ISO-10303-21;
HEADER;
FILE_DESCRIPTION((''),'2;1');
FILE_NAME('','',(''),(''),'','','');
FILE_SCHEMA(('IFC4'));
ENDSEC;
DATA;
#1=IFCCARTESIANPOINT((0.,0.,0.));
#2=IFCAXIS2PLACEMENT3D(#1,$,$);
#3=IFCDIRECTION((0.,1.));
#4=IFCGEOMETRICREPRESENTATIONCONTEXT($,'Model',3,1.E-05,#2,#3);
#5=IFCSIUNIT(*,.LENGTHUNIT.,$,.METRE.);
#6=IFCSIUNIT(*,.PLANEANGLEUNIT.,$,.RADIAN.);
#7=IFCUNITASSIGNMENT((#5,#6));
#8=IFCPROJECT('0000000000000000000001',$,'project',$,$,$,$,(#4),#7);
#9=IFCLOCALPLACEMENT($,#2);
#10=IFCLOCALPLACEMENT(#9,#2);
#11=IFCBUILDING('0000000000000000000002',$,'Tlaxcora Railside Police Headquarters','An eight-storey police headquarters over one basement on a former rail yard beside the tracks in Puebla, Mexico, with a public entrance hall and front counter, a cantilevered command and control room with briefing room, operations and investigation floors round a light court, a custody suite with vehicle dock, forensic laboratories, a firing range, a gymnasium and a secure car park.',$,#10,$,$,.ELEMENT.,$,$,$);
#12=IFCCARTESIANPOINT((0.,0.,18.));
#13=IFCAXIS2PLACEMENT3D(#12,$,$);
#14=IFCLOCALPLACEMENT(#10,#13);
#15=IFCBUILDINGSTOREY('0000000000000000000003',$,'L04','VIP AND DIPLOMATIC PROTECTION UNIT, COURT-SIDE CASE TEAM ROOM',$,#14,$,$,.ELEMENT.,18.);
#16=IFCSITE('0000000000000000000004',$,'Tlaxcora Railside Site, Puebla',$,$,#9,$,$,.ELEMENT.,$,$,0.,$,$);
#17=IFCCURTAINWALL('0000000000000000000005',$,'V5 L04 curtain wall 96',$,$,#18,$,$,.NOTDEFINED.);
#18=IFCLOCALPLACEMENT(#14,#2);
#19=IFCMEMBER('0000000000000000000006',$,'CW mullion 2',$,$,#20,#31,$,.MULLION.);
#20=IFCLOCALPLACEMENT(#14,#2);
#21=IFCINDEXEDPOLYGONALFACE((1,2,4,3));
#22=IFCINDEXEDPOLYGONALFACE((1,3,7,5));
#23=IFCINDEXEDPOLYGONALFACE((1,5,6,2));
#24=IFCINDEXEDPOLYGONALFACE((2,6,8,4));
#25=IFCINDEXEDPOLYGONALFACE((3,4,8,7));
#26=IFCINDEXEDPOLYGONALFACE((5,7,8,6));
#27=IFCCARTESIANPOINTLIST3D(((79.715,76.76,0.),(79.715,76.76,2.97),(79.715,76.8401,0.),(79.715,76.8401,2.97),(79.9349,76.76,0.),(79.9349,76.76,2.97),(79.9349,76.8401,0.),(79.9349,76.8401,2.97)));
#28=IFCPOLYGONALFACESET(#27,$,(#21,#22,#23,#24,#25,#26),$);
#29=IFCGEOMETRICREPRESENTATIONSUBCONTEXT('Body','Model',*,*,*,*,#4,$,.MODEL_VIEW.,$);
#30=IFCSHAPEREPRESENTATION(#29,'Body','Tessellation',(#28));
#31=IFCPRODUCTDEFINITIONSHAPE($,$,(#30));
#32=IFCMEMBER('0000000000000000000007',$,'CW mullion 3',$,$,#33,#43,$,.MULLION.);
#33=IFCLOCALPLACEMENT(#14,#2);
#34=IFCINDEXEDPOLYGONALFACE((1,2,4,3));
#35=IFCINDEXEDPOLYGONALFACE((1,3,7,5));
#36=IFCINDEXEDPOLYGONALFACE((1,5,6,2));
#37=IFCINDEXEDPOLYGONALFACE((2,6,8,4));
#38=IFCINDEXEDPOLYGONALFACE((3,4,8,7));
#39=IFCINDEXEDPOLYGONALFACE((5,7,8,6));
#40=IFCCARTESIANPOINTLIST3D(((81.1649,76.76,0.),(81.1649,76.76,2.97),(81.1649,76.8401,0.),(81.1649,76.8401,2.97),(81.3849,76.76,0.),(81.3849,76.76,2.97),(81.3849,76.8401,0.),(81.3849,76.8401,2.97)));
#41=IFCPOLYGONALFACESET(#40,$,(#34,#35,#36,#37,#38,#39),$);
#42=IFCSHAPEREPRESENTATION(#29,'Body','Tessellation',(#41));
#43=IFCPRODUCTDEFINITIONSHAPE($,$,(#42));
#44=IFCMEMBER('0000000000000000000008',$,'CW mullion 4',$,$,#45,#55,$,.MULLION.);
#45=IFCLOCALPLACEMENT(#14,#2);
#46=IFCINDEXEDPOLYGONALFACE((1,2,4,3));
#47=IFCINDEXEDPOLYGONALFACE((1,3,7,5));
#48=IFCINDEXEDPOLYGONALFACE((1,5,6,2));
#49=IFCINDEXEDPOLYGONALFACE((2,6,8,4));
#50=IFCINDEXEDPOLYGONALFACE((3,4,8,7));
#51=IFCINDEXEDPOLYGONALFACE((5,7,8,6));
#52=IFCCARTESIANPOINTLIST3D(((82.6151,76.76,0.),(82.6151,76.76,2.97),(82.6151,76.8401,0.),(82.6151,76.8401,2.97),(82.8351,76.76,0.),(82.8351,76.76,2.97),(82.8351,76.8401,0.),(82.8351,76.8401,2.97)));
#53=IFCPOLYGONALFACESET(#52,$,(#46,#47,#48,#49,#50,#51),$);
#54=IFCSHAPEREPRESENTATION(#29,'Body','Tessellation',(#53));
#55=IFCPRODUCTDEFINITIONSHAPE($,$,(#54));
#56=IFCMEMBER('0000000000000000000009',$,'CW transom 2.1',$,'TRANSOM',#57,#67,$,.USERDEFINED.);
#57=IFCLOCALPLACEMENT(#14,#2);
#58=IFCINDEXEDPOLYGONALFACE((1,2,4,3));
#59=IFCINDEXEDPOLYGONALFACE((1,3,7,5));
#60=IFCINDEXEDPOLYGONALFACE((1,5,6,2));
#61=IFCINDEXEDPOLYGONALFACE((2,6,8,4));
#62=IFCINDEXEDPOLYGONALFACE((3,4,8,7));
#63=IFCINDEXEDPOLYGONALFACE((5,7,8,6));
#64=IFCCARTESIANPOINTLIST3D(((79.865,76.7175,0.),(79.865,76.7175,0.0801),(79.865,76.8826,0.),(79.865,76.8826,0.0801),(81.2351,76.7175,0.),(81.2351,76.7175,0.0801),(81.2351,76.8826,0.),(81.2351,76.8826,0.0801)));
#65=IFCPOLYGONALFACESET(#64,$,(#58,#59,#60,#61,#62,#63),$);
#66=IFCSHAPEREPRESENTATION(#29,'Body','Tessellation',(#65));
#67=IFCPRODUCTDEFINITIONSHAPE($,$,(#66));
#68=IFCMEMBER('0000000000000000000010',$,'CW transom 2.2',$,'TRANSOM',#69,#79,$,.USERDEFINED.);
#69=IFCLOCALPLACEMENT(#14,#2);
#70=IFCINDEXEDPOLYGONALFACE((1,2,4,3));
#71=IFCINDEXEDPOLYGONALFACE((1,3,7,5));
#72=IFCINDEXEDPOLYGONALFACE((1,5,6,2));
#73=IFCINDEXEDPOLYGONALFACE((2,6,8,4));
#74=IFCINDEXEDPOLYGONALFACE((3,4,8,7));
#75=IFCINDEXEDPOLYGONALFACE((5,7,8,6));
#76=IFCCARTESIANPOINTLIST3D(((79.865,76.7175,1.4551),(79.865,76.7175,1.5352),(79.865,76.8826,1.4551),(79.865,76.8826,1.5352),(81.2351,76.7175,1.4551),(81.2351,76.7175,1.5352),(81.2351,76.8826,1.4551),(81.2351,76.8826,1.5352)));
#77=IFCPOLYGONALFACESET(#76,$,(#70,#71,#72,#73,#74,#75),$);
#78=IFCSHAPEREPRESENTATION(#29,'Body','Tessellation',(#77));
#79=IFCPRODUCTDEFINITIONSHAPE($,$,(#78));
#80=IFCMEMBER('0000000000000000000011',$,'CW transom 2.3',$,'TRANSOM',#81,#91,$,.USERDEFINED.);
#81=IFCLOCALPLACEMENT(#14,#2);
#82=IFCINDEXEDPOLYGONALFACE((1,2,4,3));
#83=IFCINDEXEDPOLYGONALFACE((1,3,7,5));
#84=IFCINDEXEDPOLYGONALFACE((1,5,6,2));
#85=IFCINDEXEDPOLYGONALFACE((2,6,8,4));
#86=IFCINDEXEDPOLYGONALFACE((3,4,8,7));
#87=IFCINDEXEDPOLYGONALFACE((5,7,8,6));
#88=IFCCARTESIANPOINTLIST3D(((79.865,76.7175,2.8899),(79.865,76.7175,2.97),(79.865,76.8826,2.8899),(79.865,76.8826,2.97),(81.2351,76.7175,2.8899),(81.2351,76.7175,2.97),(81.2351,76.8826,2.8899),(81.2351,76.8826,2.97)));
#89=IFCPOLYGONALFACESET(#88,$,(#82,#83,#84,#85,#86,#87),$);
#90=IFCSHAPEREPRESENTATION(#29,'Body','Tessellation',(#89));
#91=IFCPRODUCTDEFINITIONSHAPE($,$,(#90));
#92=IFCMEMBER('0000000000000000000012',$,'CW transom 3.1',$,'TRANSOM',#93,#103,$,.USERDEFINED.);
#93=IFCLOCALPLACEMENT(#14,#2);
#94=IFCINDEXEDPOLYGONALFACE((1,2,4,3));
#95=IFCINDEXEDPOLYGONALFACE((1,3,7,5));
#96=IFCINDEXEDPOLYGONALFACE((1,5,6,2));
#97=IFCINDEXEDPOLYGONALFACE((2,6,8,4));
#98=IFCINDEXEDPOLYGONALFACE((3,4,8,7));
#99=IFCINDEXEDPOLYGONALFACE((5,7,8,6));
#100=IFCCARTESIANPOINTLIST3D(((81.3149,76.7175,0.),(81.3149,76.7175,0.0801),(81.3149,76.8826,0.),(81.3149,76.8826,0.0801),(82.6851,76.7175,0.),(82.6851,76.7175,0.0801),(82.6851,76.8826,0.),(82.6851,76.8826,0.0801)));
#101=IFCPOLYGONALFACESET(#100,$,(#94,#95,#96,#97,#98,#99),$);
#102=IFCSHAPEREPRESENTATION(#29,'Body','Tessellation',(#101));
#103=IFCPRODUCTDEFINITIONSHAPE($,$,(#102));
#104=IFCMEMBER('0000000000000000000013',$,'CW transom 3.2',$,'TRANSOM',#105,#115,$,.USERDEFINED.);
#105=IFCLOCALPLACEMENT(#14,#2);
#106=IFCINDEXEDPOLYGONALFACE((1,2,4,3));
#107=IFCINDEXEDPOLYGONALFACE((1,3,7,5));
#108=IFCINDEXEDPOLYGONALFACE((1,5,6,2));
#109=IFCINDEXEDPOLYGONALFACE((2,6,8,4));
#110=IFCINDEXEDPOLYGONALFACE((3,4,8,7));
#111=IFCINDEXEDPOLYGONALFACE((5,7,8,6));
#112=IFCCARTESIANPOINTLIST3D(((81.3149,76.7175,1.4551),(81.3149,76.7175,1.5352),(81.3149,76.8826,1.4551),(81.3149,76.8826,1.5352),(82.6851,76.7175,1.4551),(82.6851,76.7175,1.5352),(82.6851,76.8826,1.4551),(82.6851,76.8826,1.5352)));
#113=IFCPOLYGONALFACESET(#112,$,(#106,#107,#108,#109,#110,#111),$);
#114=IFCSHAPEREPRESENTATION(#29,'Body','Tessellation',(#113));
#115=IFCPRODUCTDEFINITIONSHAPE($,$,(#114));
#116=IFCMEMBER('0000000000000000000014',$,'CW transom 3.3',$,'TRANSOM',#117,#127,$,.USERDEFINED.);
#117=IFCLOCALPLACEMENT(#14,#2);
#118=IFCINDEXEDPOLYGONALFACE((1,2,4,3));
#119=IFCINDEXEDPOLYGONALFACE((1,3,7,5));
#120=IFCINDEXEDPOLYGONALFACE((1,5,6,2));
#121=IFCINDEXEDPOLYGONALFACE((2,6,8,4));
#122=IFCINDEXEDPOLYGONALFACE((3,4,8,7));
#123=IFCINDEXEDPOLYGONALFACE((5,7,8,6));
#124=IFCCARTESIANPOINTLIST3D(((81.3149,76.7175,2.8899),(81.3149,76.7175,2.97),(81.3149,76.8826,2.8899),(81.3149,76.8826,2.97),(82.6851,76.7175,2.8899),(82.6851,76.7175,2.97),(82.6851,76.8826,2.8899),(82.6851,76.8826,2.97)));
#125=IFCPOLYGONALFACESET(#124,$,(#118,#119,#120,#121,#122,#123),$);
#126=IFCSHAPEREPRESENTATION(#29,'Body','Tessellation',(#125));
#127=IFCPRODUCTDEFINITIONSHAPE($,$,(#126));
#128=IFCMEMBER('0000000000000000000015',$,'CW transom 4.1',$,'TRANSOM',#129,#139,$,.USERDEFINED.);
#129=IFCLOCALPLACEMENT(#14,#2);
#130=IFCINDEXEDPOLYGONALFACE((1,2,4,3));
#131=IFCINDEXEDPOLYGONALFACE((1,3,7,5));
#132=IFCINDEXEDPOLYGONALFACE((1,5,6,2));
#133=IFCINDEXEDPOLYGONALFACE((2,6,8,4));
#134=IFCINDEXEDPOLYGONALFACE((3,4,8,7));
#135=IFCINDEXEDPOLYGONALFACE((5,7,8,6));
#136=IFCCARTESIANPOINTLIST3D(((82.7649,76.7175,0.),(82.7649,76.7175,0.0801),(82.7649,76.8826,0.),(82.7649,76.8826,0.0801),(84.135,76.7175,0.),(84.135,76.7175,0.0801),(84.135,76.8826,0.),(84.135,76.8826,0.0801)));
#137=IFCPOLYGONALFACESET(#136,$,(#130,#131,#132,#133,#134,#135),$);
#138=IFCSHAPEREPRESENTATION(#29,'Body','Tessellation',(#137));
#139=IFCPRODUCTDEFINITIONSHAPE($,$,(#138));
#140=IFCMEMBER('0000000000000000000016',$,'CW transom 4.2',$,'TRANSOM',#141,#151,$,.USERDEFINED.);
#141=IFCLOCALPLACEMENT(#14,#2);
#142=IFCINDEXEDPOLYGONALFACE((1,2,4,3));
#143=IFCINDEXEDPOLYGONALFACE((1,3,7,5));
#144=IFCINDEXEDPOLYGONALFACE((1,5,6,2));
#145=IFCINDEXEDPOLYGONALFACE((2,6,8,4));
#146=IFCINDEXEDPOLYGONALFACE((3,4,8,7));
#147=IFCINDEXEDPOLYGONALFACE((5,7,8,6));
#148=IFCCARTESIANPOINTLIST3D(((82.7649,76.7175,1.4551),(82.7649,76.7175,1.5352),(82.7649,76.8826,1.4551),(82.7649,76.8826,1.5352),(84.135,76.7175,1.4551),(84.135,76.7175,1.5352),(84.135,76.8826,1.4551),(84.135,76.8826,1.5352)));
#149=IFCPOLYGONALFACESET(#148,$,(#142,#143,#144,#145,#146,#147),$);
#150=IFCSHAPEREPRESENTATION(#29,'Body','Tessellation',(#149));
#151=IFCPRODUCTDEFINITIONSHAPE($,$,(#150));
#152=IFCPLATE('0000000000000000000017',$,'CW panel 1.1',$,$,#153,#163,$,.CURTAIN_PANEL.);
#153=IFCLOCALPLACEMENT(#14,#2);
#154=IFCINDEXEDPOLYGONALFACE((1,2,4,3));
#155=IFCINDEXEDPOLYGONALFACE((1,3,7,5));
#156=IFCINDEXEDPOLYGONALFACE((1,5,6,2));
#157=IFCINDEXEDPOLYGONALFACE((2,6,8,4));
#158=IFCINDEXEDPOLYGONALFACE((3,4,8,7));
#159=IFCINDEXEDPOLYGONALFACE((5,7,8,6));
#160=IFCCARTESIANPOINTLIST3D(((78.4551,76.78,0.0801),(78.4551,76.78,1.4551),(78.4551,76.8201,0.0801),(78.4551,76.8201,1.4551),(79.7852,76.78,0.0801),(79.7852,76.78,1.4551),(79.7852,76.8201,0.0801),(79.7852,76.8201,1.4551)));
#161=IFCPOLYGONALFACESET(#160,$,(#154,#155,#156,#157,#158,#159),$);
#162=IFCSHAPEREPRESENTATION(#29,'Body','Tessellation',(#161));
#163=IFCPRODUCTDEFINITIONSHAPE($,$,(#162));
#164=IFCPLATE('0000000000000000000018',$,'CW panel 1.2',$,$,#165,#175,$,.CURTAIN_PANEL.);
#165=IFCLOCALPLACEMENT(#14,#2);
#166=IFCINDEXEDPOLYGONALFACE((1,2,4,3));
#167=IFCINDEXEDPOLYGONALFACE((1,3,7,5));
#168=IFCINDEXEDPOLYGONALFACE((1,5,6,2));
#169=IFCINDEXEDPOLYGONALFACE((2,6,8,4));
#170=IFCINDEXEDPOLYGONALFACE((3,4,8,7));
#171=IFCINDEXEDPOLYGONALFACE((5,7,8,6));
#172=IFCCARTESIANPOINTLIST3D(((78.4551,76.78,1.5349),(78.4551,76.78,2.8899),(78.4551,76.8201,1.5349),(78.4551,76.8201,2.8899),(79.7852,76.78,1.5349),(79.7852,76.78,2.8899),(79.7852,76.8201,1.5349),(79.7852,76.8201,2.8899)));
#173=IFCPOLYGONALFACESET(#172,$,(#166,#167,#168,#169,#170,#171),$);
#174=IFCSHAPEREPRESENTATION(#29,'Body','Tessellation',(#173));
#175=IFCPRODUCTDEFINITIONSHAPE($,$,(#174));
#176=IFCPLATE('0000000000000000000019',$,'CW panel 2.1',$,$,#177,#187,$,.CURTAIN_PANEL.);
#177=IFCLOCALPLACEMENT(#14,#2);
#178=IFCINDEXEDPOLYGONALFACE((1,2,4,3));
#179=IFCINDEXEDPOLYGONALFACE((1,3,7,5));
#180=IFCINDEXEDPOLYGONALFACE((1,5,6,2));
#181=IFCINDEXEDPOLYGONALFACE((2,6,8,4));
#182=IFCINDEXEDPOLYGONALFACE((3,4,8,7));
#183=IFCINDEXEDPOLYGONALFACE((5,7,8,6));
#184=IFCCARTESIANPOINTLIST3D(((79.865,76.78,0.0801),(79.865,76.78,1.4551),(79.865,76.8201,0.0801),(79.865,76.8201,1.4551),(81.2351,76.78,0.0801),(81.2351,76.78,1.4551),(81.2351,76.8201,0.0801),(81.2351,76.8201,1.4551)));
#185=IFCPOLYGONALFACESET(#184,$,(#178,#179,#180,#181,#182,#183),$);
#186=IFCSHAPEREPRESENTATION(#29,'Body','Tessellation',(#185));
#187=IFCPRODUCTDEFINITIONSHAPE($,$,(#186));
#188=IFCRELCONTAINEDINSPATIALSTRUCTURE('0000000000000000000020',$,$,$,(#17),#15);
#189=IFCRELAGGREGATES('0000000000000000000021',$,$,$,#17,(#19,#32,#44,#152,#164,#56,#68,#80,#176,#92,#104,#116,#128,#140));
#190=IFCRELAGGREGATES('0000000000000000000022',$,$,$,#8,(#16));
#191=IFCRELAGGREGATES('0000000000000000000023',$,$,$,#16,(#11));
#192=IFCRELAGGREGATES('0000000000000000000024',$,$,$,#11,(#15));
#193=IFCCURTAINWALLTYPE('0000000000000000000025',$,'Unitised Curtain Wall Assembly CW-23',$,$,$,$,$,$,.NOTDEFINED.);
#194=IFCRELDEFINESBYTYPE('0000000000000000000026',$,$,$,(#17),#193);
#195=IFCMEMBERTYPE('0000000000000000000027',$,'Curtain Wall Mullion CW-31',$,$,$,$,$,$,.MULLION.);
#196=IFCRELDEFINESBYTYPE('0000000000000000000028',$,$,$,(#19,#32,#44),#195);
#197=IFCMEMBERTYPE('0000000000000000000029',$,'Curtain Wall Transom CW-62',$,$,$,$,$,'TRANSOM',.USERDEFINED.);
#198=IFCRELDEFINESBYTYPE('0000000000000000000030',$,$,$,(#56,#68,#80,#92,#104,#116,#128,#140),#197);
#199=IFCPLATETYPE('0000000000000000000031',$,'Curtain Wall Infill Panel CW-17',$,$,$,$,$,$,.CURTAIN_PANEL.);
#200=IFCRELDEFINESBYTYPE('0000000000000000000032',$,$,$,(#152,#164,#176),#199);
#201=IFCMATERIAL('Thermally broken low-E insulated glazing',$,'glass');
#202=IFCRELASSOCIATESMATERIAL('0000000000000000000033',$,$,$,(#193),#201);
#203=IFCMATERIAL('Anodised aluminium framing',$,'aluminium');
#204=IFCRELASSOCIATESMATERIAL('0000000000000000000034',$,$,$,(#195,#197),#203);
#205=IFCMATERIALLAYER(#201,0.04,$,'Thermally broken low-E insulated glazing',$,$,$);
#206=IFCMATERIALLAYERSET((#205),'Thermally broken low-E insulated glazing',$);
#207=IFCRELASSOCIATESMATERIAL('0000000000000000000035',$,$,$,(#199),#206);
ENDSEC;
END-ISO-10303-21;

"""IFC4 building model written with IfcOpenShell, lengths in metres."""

from ifc_helpers import new_model, si_unit, direction, frame, origin, origin_2d, place, context, subcontext, project, spatial, rectangle, extrude, material, layer, layer_set, material_profile, profile_set, type_object, element, aggregate, save


model = new_model("IFC4")

# Units and contexts
model_context = context("Model", 3, precision=1e-05, world=origin(), true_north=direction((0.0, 1.0)))
body_context = subcontext(model_context, "Body", "Model", "MODEL_VIEW")
ifc_project = project(units=[si_unit("LENGTHUNIT", "METRE"), si_unit("PLANEANGLEUNIT", "RADIAN")], contexts=[model_context])

# Site, building, storey
site_placement = place(None, origin())
site = spatial("IfcSite", under=ifc_project, at=site_placement, Name="Tlaxcora Railside Site, Puebla", CompositionType="ELEMENT", RefElevation=0.0)
building_placement = place(site_placement, origin())
building = spatial("IfcBuilding", under=site, at=building_placement, Name="Tlaxcora Railside Police Headquarters", Description="An eight-storey police headquarters over one basement on a former rail yard beside the tracks in Puebla, Mexico, with a public entrance hall and front counter, a cantilevered command and control room with briefing room, operations and investigation floors round a light court, a custody suite with vehicle dock, forensic laboratories, a firing range, a gymnasium and a secure car park.", CompositionType="ELEMENT")
storey_placement = place(building_placement, frame((0.0, 0.0, 18.0)))
storey = spatial("IfcBuildingStorey", under=building, at=storey_placement, Name="L04", Description="VIP AND DIPLOMATIC PROTECTION UNIT, COURT-SIDE CASE TEAM ROOM", CompositionType="ELEMENT", Elevation=18.0)

# Curtain wall, members, plates
ifc_material_1 = material(Name="Thermally broken low-E insulated glazing", Category="glass")
curtain_wall_type = type_object("IfcCurtainWallType", Name="Unitised Curtain Wall Assembly CW-23", PredefinedType="NOTDEFINED", material=ifc_material_1)
curtain_wall_placement = place(storey_placement, origin())
curtain_wall = element("IfcCurtainWall", 1, at=curtain_wall_placement, inside=storey, type_object=curtain_wall_type, Name="V5 L04 curtain wall 96", PredefinedType="NOTDEFINED")
ifc_material_2 = material(Name="Anodised aluminium framing", Category="aluminium")
ifc_material_profile_1 = material_profile(ifc_material_2, rectangle(XDim=0.0801, YDim=0.22, at=origin_2d()), Name="AL80X220")
ifc_profile_set_1 = profile_set([ifc_material_profile_1], Name="Anodised aluminium framing")
member_type_1 = type_object("IfcMemberType", Name="Curtain Wall Mullion CW-31", PredefinedType="MULLION", material=ifc_profile_set_1)
member_1_placement = place(storey_placement, frame((79.825, 76.8, 0.0), z_axis=(0.0, 0.0, 1.0), x_axis=(0.0, 1.0, 0.0)))
member_1 = element("IfcMember", 2, at=member_1_placement, type_object=member_type_1, Name="CW mullion 2", PredefinedType="MULLION", context=body_context, shape_type="SweptSolid", body=[
    extrude(rectangle(XDim=0.0801, YDim=0.22, at=origin_2d()), origin(), (0.0, 0.0, 1.0), 2.97),
])
member_2_placement = place(storey_placement, frame((81.2749, 76.8, 0.0), z_axis=(0.0, 0.0, 1.0), x_axis=(0.0, 1.0, 0.0)))
member_2 = element("IfcMember", 3, at=member_2_placement, type_object=member_type_1, Name="CW mullion 3", PredefinedType="MULLION", context=body_context, shape_type="SweptSolid", body=[
    extrude(rectangle(XDim=0.0801, YDim=0.22, at=origin_2d()), origin(), (0.0, 0.0, 1.0), 2.97),
])
member_3_placement = place(storey_placement, frame((82.7251, 76.8, 0.0), z_axis=(0.0, 0.0, 1.0), x_axis=(0.0, 1.0, 0.0)))
member_3 = element("IfcMember", 4, at=member_3_placement, type_object=member_type_1, Name="CW mullion 4", PredefinedType="MULLION", context=body_context, shape_type="SweptSolid", body=[
    extrude(rectangle(XDim=0.0801, YDim=0.22, at=origin_2d()), origin(), (0.0, 0.0, 1.0), 2.97),
])
ifc_material_profile_2 = material_profile(ifc_material_2, rectangle(XDim=0.165, YDim=0.0801, at=origin_2d()), Name="AL80X165")
ifc_profile_set_2 = profile_set([ifc_material_profile_2], Name="Anodised aluminium framing")
member_type_2 = type_object("IfcMemberType", Name="Curtain Wall Transom CW-62", ElementType="TRANSOM", PredefinedType="USERDEFINED", material=ifc_profile_set_2)
member_4_placement = place(storey_placement, frame((79.865, 76.8, 0.04), z_axis=(1.0, 0.0, 0.0), x_axis=(0.0, 1.0, 0.0)))
member_4 = element("IfcMember", 5, at=member_4_placement, type_object=member_type_2, Name="CW transom 2.1", ObjectType="TRANSOM", PredefinedType="USERDEFINED", context=body_context, shape_type="SweptSolid", body=[
    extrude(rectangle(XDim=0.165, YDim=0.0801, at=origin_2d()), origin(), (0.0, 0.0, 1.0), 1.3701),
])
member_5_placement = place(storey_placement, frame((79.865, 76.8, 1.4951), z_axis=(1.0, 0.0, 0.0), x_axis=(0.0, 1.0, 0.0)))
member_5 = element("IfcMember", 6, at=member_5_placement, type_object=member_type_2, Name="CW transom 2.2", ObjectType="TRANSOM", PredefinedType="USERDEFINED", context=body_context, shape_type="SweptSolid", body=[
    extrude(rectangle(XDim=0.165, YDim=0.0801, at=origin_2d()), origin(), (0.0, 0.0, 1.0), 1.3701),
])
member_6_placement = place(storey_placement, frame((79.865, 76.8, 2.9299), z_axis=(1.0, 0.0, 0.0), x_axis=(0.0, 1.0, 0.0)))
member_6 = element("IfcMember", 7, at=member_6_placement, type_object=member_type_2, Name="CW transom 2.3", ObjectType="TRANSOM", PredefinedType="USERDEFINED", context=body_context, shape_type="SweptSolid", body=[
    extrude(rectangle(XDim=0.165, YDim=0.0801, at=origin_2d()), origin(), (0.0, 0.0, 1.0), 1.3701),
])
member_7_placement = place(storey_placement, frame((81.3149, 76.8, 0.04), z_axis=(1.0, 0.0, 0.0), x_axis=(0.0, 1.0, 0.0)))
member_7 = element("IfcMember", 8, at=member_7_placement, type_object=member_type_2, Name="CW transom 3.1", ObjectType="TRANSOM", PredefinedType="USERDEFINED", context=body_context, shape_type="SweptSolid", body=[
    extrude(rectangle(XDim=0.165, YDim=0.0801, at=origin_2d()), origin(), (0.0, 0.0, 1.0), 1.3701),
])
member_8_placement = place(storey_placement, frame((81.3149, 76.8, 1.4951), z_axis=(1.0, 0.0, 0.0), x_axis=(0.0, 1.0, 0.0)))
member_8 = element("IfcMember", 9, at=member_8_placement, type_object=member_type_2, Name="CW transom 3.2", ObjectType="TRANSOM", PredefinedType="USERDEFINED", context=body_context, shape_type="SweptSolid", body=[
    extrude(rectangle(XDim=0.165, YDim=0.0801, at=origin_2d()), origin(), (0.0, 0.0, 1.0), 1.3701),
])
member_9_placement = place(storey_placement, frame((81.3149, 76.8, 2.9299), z_axis=(1.0, 0.0, 0.0), x_axis=(0.0, 1.0, 0.0)))
member_9 = element("IfcMember", 10, at=member_9_placement, type_object=member_type_2, Name="CW transom 3.3", ObjectType="TRANSOM", PredefinedType="USERDEFINED", context=body_context, shape_type="SweptSolid", body=[
    extrude(rectangle(XDim=0.165, YDim=0.0801, at=origin_2d()), origin(), (0.0, 0.0, 1.0), 1.3701),
])
member_10_placement = place(storey_placement, frame((82.7649, 76.8, 0.04), z_axis=(1.0, 0.0, 0.0), x_axis=(0.0, 1.0, 0.0)))
member_10 = element("IfcMember", 11, at=member_10_placement, type_object=member_type_2, Name="CW transom 4.1", ObjectType="TRANSOM", PredefinedType="USERDEFINED", context=body_context, shape_type="SweptSolid", body=[
    extrude(rectangle(XDim=0.165, YDim=0.0801, at=origin_2d()), origin(), (0.0, 0.0, 1.0), 1.3701),
])
member_11_placement = place(storey_placement, frame((82.7649, 76.8, 1.4951), z_axis=(1.0, 0.0, 0.0), x_axis=(0.0, 1.0, 0.0)))
member_11 = element("IfcMember", 12, at=member_11_placement, type_object=member_type_2, Name="CW transom 4.2", ObjectType="TRANSOM", PredefinedType="USERDEFINED", context=body_context, shape_type="SweptSolid", body=[
    extrude(rectangle(XDim=0.165, YDim=0.0801, at=origin_2d()), origin(), (0.0, 0.0, 1.0), 1.3701),
])
ifc_layer_1 = layer(ifc_material_1, 0.04, Name="Thermally broken low-E insulated glazing")
ifc_layer_set_1 = layer_set([ifc_layer_1], Name="Thermally broken low-E insulated glazing")
plate_type = type_object("IfcPlateType", Name="Curtain Wall Infill Panel CW-17", PredefinedType="CURTAIN_PANEL", material=ifc_layer_set_1)
plate_1_placement = place(storey_placement, frame((79.1201, 76.8, 0.0801), z_axis=(0.0, 0.0, 1.0), x_axis=(1.0, 0.0, 0.0)))
plate_1 = element("IfcPlate", 13, at=plate_1_placement, type_object=plate_type, Name="CW panel 1.1", PredefinedType="CURTAIN_PANEL", context=body_context, shape_type="SweptSolid", body=[
    extrude(rectangle(XDim=1.3301, YDim=0.04, at=origin_2d()), origin(), (0.0, 0.0, 1.0), 1.375),
])
plate_2_placement = place(storey_placement, frame((79.1201, 76.8, 1.5349), z_axis=(0.0, 0.0, 1.0), x_axis=(1.0, 0.0, 0.0)))
plate_2 = element("IfcPlate", 14, at=plate_2_placement, type_object=plate_type, Name="CW panel 1.2", PredefinedType="CURTAIN_PANEL", context=body_context, shape_type="SweptSolid", body=[
    extrude(rectangle(XDim=1.3301, YDim=0.04, at=origin_2d()), origin(), (0.0, 0.0, 1.0), 1.355),
])
plate_3_placement = place(storey_placement, frame((80.55, 76.8, 0.0801), z_axis=(0.0, 0.0, 1.0), x_axis=(1.0, 0.0, 0.0)))
plate_3 = element("IfcPlate", 15, at=plate_3_placement, type_object=plate_type, Name="CW panel 2.1", PredefinedType="CURTAIN_PANEL", context=body_context, shape_type="SweptSolid", body=[
    extrude(rectangle(XDim=1.3701, YDim=0.04, at=origin_2d()), origin(), (0.0, 0.0, 1.0), 1.375),
])
aggregate(curtain_wall, [member_1, member_2, member_3, plate_1, plate_2, member_4, member_5, member_6, plate_3, member_7, member_8, member_9, member_10, member_11])

save(model, "model.ifc")
